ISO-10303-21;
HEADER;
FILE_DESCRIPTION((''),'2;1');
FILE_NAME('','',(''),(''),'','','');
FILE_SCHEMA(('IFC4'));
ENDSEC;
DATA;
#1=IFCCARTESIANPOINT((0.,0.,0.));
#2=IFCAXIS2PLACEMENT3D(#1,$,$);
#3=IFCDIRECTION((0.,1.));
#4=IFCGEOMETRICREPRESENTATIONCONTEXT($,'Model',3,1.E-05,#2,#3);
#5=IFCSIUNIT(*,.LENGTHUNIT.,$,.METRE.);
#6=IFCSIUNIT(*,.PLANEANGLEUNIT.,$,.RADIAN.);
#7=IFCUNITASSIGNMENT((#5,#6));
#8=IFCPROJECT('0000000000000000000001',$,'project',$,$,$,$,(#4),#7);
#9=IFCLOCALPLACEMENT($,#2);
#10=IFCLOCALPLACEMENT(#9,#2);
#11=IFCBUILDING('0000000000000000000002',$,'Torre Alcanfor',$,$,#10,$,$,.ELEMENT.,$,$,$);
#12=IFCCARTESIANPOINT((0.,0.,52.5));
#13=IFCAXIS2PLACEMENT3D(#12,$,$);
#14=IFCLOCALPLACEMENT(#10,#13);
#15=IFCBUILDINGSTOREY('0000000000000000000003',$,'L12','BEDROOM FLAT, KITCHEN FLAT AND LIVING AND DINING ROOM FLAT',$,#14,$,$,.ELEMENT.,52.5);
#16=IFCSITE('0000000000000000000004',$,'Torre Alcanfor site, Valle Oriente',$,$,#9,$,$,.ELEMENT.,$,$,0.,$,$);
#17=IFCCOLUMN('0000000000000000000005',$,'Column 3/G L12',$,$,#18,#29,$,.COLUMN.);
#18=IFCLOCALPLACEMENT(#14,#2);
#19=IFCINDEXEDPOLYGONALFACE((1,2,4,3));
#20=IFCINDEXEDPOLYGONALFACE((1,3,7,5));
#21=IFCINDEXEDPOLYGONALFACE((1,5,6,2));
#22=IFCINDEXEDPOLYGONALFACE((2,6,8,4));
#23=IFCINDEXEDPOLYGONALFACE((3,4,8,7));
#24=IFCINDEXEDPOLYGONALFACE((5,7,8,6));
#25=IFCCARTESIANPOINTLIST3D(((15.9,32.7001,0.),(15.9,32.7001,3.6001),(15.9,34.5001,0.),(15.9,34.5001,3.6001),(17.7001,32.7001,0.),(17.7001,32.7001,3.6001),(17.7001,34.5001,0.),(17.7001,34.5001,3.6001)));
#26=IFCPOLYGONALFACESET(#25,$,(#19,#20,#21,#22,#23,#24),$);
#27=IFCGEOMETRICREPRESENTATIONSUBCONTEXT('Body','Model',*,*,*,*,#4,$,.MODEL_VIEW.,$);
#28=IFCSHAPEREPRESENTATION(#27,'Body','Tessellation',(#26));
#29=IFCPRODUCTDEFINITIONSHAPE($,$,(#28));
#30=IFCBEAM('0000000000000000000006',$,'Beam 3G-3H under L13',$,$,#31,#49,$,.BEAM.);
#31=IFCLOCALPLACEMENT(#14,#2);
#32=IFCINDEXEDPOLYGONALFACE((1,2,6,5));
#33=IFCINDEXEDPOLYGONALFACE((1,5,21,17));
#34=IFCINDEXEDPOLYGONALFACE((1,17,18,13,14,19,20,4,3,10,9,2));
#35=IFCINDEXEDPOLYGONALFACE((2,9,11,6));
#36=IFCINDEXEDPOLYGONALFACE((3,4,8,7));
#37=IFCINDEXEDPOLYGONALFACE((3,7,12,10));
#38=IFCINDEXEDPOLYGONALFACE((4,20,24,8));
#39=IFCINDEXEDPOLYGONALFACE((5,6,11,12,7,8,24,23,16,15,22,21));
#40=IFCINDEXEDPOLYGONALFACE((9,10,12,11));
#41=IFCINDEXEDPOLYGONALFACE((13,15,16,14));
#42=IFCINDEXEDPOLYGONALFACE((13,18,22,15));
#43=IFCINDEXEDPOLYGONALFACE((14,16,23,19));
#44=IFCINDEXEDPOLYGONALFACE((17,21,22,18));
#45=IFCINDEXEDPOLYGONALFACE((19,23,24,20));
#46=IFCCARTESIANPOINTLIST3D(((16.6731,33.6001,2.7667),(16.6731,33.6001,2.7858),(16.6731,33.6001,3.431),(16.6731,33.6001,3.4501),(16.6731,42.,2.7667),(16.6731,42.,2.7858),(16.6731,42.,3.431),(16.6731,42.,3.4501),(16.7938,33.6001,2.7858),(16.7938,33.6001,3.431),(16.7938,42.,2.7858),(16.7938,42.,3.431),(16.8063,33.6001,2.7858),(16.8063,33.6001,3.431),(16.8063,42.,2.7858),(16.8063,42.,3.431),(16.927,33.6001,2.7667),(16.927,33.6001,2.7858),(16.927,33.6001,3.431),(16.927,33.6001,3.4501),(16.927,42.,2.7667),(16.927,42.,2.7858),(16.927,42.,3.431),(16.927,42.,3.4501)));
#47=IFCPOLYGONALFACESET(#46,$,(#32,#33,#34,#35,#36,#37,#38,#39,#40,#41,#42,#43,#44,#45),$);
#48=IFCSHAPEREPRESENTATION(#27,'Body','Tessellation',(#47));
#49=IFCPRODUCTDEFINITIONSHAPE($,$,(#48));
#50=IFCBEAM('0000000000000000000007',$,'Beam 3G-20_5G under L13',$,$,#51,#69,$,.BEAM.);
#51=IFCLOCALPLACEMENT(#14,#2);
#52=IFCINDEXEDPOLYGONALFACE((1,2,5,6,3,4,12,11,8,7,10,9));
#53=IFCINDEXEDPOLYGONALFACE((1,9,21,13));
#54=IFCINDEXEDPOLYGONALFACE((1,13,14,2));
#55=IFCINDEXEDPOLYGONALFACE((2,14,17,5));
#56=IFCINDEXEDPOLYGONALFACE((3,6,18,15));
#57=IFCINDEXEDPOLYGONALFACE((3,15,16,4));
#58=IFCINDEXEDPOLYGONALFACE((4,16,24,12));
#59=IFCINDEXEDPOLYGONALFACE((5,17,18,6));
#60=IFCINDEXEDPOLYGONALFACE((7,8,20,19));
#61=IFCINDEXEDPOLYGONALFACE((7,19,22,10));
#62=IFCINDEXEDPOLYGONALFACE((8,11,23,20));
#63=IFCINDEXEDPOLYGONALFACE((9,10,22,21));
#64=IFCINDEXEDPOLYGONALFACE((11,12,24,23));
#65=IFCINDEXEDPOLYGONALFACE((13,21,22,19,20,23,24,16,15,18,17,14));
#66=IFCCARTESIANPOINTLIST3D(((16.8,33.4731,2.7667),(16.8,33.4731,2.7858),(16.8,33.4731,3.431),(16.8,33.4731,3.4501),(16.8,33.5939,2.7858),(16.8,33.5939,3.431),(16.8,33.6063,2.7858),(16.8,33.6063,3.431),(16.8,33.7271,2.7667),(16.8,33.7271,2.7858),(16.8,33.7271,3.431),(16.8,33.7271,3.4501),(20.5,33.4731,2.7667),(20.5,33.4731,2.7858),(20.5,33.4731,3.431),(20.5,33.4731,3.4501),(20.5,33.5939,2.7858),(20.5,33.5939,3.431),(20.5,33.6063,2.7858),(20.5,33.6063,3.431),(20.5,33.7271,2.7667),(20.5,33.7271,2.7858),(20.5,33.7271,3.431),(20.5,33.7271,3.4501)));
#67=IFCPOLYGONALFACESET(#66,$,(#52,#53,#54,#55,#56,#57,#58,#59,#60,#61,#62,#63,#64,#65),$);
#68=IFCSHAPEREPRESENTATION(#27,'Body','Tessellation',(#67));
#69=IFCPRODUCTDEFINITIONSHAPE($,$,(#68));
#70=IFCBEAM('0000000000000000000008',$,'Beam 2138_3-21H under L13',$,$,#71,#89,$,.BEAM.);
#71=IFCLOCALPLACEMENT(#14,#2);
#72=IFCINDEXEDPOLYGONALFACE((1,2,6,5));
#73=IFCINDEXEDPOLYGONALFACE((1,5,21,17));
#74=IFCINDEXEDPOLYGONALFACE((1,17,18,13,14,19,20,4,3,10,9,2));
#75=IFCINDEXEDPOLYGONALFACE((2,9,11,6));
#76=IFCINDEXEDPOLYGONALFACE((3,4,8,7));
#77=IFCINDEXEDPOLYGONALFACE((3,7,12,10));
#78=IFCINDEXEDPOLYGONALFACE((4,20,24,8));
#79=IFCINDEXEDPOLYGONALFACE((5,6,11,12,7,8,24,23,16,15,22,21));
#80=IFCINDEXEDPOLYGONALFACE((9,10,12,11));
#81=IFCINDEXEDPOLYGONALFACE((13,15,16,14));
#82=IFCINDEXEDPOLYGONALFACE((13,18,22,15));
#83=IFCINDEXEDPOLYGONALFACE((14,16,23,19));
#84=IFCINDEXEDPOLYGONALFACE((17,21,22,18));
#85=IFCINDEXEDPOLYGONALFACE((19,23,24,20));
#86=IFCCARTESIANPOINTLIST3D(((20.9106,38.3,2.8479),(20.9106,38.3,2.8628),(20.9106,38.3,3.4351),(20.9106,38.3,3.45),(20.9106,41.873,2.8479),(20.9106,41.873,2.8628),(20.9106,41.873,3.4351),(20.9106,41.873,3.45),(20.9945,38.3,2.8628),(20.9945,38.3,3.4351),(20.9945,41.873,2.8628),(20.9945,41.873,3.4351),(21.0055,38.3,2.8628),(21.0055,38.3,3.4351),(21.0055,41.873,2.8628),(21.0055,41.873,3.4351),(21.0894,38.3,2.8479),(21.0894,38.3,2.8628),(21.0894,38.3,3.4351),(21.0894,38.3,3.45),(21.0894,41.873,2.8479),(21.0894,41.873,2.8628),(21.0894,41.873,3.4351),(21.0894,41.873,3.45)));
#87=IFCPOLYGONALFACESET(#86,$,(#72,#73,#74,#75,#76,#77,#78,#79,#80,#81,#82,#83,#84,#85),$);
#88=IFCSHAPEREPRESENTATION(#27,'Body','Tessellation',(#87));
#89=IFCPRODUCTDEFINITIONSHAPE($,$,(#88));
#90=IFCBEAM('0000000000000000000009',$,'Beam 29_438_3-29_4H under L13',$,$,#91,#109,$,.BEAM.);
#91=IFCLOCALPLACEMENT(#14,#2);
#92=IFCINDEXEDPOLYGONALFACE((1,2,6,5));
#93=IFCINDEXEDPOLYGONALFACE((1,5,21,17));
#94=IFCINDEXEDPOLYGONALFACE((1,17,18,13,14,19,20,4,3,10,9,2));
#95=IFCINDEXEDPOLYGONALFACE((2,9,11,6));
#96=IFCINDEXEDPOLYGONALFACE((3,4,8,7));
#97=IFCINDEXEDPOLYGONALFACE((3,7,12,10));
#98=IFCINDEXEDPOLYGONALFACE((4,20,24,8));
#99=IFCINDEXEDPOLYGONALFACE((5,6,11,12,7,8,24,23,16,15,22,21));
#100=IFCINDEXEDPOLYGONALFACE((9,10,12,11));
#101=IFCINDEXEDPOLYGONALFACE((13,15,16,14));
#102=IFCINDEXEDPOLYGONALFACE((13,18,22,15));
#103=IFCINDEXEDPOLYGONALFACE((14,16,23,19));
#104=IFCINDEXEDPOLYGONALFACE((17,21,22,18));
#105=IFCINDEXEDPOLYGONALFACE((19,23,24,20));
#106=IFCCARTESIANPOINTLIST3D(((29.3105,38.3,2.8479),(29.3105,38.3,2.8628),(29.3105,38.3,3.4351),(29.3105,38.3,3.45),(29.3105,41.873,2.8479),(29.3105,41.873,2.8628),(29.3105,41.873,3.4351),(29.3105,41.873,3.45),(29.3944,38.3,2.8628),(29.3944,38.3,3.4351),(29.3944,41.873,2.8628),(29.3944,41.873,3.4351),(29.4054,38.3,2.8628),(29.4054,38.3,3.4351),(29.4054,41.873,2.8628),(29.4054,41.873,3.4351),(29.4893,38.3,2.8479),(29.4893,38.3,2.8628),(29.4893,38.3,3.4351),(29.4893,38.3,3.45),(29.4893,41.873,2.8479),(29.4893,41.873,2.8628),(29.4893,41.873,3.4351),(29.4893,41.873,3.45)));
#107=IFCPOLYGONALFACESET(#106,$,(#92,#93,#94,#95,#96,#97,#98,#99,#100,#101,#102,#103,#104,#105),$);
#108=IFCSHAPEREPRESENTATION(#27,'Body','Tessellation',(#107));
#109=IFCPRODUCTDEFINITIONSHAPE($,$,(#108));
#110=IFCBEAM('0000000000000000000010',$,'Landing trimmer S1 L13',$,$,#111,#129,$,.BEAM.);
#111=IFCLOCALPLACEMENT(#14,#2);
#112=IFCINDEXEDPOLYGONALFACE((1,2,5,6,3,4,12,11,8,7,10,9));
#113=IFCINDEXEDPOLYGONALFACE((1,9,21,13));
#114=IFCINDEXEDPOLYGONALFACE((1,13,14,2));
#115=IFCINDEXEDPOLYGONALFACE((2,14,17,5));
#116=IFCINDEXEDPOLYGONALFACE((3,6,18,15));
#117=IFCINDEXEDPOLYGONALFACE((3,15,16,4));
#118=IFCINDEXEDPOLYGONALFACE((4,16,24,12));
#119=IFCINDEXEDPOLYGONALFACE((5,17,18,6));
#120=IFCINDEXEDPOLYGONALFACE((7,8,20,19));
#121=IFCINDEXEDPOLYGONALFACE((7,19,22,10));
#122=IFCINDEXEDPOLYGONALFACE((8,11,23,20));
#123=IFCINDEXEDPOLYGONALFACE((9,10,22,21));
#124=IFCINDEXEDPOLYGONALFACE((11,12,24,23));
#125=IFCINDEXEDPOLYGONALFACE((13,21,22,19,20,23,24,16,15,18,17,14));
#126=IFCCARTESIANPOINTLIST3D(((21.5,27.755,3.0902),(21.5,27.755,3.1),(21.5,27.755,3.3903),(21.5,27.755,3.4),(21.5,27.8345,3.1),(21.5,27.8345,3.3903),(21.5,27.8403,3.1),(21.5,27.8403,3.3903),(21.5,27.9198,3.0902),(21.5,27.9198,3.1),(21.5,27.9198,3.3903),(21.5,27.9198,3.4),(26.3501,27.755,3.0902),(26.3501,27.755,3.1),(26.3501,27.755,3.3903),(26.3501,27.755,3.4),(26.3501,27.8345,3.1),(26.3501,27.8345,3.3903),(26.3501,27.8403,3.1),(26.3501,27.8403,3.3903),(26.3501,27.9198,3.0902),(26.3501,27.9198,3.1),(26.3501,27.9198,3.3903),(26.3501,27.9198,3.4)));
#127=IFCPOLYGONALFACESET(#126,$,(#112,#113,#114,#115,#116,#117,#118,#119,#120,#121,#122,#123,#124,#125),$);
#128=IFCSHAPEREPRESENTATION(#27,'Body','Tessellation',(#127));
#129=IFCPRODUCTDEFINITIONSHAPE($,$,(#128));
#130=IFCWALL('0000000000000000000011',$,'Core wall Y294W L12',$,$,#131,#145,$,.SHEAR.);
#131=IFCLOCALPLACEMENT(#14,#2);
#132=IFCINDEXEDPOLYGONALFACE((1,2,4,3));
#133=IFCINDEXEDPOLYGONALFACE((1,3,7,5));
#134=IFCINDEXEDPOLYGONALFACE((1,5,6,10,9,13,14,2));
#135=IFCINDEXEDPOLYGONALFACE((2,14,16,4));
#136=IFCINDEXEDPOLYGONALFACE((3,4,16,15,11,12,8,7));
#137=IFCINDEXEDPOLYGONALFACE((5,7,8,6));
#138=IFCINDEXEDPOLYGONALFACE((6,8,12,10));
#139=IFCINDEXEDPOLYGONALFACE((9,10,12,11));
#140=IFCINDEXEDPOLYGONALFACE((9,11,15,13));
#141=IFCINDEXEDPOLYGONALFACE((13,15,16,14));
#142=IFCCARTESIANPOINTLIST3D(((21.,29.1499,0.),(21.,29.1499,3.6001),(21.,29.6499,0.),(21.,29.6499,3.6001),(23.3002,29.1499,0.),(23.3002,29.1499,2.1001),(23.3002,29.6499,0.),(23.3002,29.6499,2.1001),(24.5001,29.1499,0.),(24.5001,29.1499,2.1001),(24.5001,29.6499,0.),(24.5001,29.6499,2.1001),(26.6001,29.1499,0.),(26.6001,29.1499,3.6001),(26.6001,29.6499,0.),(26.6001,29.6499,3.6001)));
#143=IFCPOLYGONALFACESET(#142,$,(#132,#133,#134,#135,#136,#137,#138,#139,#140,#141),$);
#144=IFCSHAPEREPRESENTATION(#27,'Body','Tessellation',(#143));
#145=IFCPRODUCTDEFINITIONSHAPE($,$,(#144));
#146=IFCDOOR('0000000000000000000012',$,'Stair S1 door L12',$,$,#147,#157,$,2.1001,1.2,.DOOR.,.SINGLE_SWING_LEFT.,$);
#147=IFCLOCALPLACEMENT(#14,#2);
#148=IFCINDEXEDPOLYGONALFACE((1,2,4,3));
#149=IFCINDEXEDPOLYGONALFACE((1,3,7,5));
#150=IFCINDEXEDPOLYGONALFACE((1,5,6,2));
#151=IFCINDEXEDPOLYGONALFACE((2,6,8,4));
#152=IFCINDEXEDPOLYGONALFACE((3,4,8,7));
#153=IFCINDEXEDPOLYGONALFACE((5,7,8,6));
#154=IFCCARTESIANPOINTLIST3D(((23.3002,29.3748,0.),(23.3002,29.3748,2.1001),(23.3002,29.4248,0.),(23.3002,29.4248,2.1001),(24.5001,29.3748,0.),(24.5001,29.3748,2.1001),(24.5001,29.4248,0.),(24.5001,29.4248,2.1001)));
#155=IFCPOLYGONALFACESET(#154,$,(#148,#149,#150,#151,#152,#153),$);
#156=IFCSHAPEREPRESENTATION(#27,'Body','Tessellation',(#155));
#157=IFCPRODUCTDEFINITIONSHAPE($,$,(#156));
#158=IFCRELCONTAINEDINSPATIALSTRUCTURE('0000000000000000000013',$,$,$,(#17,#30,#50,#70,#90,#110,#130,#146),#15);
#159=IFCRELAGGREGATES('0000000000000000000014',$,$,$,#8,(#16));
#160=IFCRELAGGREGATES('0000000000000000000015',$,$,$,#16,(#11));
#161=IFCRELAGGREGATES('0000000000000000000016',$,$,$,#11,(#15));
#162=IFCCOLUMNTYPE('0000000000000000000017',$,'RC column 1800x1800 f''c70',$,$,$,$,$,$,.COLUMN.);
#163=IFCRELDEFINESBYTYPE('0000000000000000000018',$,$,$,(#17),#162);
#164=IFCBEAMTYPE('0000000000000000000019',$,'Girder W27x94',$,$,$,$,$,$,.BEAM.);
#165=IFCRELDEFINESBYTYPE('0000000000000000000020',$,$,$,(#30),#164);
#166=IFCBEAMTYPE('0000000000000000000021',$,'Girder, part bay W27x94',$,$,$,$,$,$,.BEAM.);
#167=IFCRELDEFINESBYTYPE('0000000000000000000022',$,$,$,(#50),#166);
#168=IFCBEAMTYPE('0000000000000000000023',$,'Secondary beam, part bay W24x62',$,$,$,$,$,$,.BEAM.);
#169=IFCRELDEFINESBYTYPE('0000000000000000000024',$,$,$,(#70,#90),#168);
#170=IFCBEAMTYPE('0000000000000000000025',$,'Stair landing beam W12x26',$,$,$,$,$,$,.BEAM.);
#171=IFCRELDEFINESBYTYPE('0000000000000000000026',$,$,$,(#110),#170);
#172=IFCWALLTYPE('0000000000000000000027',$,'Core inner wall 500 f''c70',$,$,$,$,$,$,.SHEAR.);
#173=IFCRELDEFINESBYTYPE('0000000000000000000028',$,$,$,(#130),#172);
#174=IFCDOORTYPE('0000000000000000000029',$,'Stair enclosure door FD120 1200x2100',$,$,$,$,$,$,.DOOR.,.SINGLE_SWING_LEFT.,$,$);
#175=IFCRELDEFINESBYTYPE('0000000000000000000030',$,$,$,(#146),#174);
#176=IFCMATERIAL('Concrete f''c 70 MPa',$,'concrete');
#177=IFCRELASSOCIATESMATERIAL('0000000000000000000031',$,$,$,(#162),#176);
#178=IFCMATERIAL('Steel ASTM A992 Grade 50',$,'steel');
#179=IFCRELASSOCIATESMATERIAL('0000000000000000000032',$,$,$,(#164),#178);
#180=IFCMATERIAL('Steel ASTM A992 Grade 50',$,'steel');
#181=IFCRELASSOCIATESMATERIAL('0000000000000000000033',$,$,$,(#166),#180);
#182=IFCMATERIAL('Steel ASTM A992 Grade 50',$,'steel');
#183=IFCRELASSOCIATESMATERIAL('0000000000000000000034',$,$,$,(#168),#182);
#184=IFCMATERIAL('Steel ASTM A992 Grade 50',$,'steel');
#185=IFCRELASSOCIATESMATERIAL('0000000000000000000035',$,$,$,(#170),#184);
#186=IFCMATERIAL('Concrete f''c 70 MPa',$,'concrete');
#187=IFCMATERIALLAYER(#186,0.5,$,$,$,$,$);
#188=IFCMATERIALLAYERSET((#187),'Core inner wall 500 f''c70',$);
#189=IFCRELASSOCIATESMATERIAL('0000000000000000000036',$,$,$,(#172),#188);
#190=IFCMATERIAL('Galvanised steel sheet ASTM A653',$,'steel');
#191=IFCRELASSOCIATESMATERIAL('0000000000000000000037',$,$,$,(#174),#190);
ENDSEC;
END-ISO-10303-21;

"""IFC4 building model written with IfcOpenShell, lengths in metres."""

from ifc_helpers import new_model, si_unit, direction, frame, frame_2d, origin, origin_2d, place, context, subcontext, project, spatial, rectangle, i_section, extrude, material, layer, layer_set, material_profile, profile_set, type_object, element, fill, save


model = new_model("IFC4")

# Units and contexts
model_context = context("Model", 3, precision=1e-05, world=origin(), true_north=direction((0.0, 1.0)))
body_context = subcontext(model_context, "Body", "Model", "MODEL_VIEW")
ifc_project = project(units=[si_unit("LENGTHUNIT", "METRE"), si_unit("PLANEANGLEUNIT", "RADIAN")], contexts=[model_context])

# Site, building, storey
site_placement = place(None, origin())
site = spatial("IfcSite", under=ifc_project, at=site_placement, Name="Torre Alcanfor site, Valle Oriente", CompositionType="ELEMENT", RefElevation=0.0)
building_placement = place(site_placement, origin())
building = spatial("IfcBuilding", under=site, at=building_placement, Name="Torre Alcanfor", CompositionType="ELEMENT")
storey_placement = place(building_placement, frame((0.0, 0.0, 52.5)))
storey = spatial("IfcBuildingStorey", under=building, at=storey_placement, Name="L12", Description="BEDROOM FLAT, KITCHEN FLAT AND LIVING AND DINING ROOM FLAT", CompositionType="ELEMENT", Elevation=52.5)

# Column
ifc_material_1 = material(Name="Concrete f'c 70 MPa", Category="concrete")
ifc_material_profile_1 = material_profile(ifc_material_1, rectangle(XDim=1.8, YDim=1.8, at=origin_2d()), Name="1800x1800")
ifc_profile_set_1 = profile_set([ifc_material_profile_1], Name="Concrete f'c 70 MPa")
column_type = type_object("IfcColumnType", Name="RC column 1800x1800 f'c70", PredefinedType="COLUMN", material=ifc_profile_set_1)
column_placement = place(storey_placement, frame((16.8, 33.6001, 0.0), z_axis=(0.0, 0.0, 1.0), x_axis=(1.0, 0.0, 0.0)))
element("IfcColumn", 1, at=column_placement, inside=storey, type_object=column_type, Name="Column 3/G L12", PredefinedType="COLUMN", context=body_context, shape_type="SweptSolid", body=[
    extrude(rectangle(XDim=1.8, YDim=1.8, at=origin_2d()), origin(), (0.0, 0.0, 1.0), 3.6001),
])

# Beams
ifc_material_2 = material(Name="Steel ASTM A992 Grade 50", Category="steel")
ifc_material_profile_2 = material_profile(ifc_material_2, i_section(OverallWidth=0.2539, OverallDepth=0.6833, WebThickness=0.0125, FlangeThickness=0.019, at=origin_2d()), Name="W27x94")
ifc_profile_set_2 = profile_set([ifc_material_profile_2], Name="Steel ASTM A992 Grade 50")
beam_type_1 = type_object("IfcBeamType", Name="Girder W27x94", PredefinedType="BEAM", material=ifc_profile_set_2)
beam_1_placement = place(storey_placement, frame((16.8, 33.6001, 3.1084), z_axis=(0.0, 1.0, 0.0), x_axis=(-1.0, 0.0, 0.0)))
element("IfcBeam", 2, at=beam_1_placement, inside=storey, type_object=beam_type_1, Name="Beam 3G-3H under L13", PredefinedType="BEAM", context=body_context, shape_type="SweptSolid", body=[
    extrude(i_section(OverallWidth=0.2539, OverallDepth=0.6833, WebThickness=0.0125, FlangeThickness=0.019, at=origin_2d()), origin(), (0.0, 0.0, 1.0), 8.3999),
])
ifc_material_3 = material(Name="Steel ASTM A992 Grade 50", Category="steel")
ifc_material_profile_3 = material_profile(ifc_material_3, i_section(OverallWidth=0.2539, OverallDepth=0.6833, WebThickness=0.0125, FlangeThickness=0.019, at=origin_2d()), Name="W27x94")
ifc_profile_set_3 = profile_set([ifc_material_profile_3], Name="Steel ASTM A992 Grade 50")
beam_type_2 = type_object("IfcBeamType", Name="Girder, part bay W27x94", PredefinedType="BEAM", material=ifc_profile_set_3)
beam_2_placement = place(storey_placement, frame((16.8, 33.6001, 3.1084), z_axis=(1.0, 0.0, 0.0), x_axis=(0.0, 1.0, 0.0)))
element("IfcBeam", 3, at=beam_2_placement, inside=storey, type_object=beam_type_2, Name="Beam 3G-20_5G under L13", PredefinedType="BEAM", context=body_context, shape_type="SweptSolid", body=[
    extrude(i_section(OverallWidth=0.2539, OverallDepth=0.6833, WebThickness=0.0125, FlangeThickness=0.019, at=origin_2d()), origin(), (0.0, 0.0, 1.0), 3.7),
])
ifc_material_4 = material(Name="Steel ASTM A992 Grade 50", Category="steel")
ifc_material_profile_4 = material_profile(ifc_material_4, i_section(OverallWidth=0.1787, OverallDepth=0.6021, WebThickness=0.011, FlangeThickness=0.0149, at=origin_2d()), Name="W24x62")
ifc_profile_set_4 = profile_set([ifc_material_profile_4], Name="Steel ASTM A992 Grade 50")
beam_type_3 = type_object("IfcBeamType", Name="Secondary beam, part bay W24x62", PredefinedType="BEAM", material=ifc_profile_set_4)
for number, where, z_axis, x_axis, name in (
    (4, (21.0, 38.3, 3.1489), (0.0, 1.0, 0.0), (-1.0, 0.0, 0.0), "Beam 2138_3-21H under L13"),
    (5, (29.3999, 38.3, 3.1489), (0.0, 1.0, 0.0), (-1.0, 0.0, 0.0), "Beam 29_438_3-29_4H under L13"),
):
    element("IfcBeam", number, at=place(storey_placement, frame(where, z_axis=z_axis, x_axis=x_axis)), inside=storey, type_object=beam_type_3, Name=name, PredefinedType="BEAM", context=body_context, shape_type="SweptSolid", body=[
        extrude(i_section(OverallWidth=0.1787, OverallDepth=0.6021, WebThickness=0.011, FlangeThickness=0.0149, at=origin_2d()), origin(), (0.0, 0.0, 1.0), 3.573),
    ])
ifc_material_5 = material(Name="Steel ASTM A992 Grade 50", Category="steel")
ifc_material_profile_5 = material_profile(ifc_material_5, i_section(OverallWidth=0.1648, OverallDepth=0.3098, WebThickness=0.0059, FlangeThickness=0.0098, at=origin_2d()), Name="W12x26")
ifc_profile_set_5 = profile_set([ifc_material_profile_5], Name="Steel ASTM A992 Grade 50")
beam_type_4 = type_object("IfcBeamType", Name="Stair landing beam W12x26", PredefinedType="BEAM", material=ifc_profile_set_5)
beam_3_placement = place(storey_placement, frame((21.5, 27.8374, 3.2451), z_axis=(1.0, 0.0, 0.0), x_axis=(0.0, 1.0, 0.0)))
element("IfcBeam", 6, at=beam_3_placement, inside=storey, type_object=beam_type_4, Name="Landing trimmer S1 L13", PredefinedType="BEAM", context=body_context, shape_type="SweptSolid", body=[
    extrude(i_section(OverallWidth=0.1648, OverallDepth=0.3098, WebThickness=0.0059, FlangeThickness=0.0098, at=origin_2d()), origin(), (0.0, 0.0, 1.0), 4.8501),
])

# Wall, opening, door
ifc_material_6 = material(Name="Concrete f'c 70 MPa", Category="concrete")
ifc_layer_1 = layer(ifc_material_6, 0.5)
ifc_layer_set_1 = layer_set([ifc_layer_1], Name="Core inner wall 500 f'c70")
wall_type_1 = type_object("IfcWallType", Name="Core inner wall 500 f'c70", PredefinedType="SHEAR", material=ifc_layer_set_1)
wall_1_placement = place(storey_placement, frame((21.0, 29.3999, 0.0), z_axis=(0.0, 0.0, 1.0), x_axis=(1.0, 0.0, 0.0)))
wall_1 = element("IfcWall", 7, at=wall_1_placement, inside=storey, type_object=wall_type_1, Name="Core wall Y294W L12", PredefinedType="SHEAR", context=body_context, shape_type="SweptSolid", body=[
    extrude(rectangle(XDim=5.6001, YDim=0.5, at=frame_2d((2.8, 0.0))), origin(), (0.0, 0.0, 1.0), 3.6001),
])
opening_1_placement = place(wall_1_placement, frame((2.3, 0.0, 0.0)))
opening_1 = element("IfcOpeningElement", 8, at=opening_1_placement, cuts=wall_1, PredefinedType="OPENING", context=body_context, shape_type="SweptSolid", body=[
    extrude(rectangle(XDim=1.2, YDim=2.1001, at=frame_2d((0.6001, 1.05))), frame((0.0, 0.26, 0.0), z_axis=(0.0, -1.0, 0.0), x_axis=(1.0, 0.0, 0.0)), (0.0, 0.0, 1.0), 0.52),
])
ifc_material_7 = material(Name="Galvanised steel sheet ASTM A653", Category="steel")
door_type_1 = type_object("IfcDoorType", Name="Stair enclosure door FD120 1200x2100", OperationType="SINGLE_SWING_LEFT", PredefinedType="DOOR", material=ifc_material_7)
door_1_placement = place(opening_1_placement, frame((1.2, 0.0, 0.0), z_axis=(0.0, 0.0, 1.0), x_axis=(-1.0, 0.0, 0.0)))
door_1 = element("IfcDoor", 9, at=door_1_placement, inside=storey, type_object=door_type_1, Name="Stair S1 door L12", OperationType="SINGLE_SWING_LEFT", OverallHeight=2.1001, OverallWidth=1.2, PredefinedType="DOOR", context=body_context, shape_type="SweptSolid", body=[
    extrude(rectangle(XDim=1.2, YDim=2.1001, at=frame_2d((0.5999, 1.05))), frame((0.0, 0.0251, 0.0), z_axis=(0.0, -1.0, 0.0), x_axis=(1.0, 0.0, 0.0)), (0.0, 0.0, 1.0), 0.05),
])
fill(opening_1, door_1)

save(model, "model.ifc")
